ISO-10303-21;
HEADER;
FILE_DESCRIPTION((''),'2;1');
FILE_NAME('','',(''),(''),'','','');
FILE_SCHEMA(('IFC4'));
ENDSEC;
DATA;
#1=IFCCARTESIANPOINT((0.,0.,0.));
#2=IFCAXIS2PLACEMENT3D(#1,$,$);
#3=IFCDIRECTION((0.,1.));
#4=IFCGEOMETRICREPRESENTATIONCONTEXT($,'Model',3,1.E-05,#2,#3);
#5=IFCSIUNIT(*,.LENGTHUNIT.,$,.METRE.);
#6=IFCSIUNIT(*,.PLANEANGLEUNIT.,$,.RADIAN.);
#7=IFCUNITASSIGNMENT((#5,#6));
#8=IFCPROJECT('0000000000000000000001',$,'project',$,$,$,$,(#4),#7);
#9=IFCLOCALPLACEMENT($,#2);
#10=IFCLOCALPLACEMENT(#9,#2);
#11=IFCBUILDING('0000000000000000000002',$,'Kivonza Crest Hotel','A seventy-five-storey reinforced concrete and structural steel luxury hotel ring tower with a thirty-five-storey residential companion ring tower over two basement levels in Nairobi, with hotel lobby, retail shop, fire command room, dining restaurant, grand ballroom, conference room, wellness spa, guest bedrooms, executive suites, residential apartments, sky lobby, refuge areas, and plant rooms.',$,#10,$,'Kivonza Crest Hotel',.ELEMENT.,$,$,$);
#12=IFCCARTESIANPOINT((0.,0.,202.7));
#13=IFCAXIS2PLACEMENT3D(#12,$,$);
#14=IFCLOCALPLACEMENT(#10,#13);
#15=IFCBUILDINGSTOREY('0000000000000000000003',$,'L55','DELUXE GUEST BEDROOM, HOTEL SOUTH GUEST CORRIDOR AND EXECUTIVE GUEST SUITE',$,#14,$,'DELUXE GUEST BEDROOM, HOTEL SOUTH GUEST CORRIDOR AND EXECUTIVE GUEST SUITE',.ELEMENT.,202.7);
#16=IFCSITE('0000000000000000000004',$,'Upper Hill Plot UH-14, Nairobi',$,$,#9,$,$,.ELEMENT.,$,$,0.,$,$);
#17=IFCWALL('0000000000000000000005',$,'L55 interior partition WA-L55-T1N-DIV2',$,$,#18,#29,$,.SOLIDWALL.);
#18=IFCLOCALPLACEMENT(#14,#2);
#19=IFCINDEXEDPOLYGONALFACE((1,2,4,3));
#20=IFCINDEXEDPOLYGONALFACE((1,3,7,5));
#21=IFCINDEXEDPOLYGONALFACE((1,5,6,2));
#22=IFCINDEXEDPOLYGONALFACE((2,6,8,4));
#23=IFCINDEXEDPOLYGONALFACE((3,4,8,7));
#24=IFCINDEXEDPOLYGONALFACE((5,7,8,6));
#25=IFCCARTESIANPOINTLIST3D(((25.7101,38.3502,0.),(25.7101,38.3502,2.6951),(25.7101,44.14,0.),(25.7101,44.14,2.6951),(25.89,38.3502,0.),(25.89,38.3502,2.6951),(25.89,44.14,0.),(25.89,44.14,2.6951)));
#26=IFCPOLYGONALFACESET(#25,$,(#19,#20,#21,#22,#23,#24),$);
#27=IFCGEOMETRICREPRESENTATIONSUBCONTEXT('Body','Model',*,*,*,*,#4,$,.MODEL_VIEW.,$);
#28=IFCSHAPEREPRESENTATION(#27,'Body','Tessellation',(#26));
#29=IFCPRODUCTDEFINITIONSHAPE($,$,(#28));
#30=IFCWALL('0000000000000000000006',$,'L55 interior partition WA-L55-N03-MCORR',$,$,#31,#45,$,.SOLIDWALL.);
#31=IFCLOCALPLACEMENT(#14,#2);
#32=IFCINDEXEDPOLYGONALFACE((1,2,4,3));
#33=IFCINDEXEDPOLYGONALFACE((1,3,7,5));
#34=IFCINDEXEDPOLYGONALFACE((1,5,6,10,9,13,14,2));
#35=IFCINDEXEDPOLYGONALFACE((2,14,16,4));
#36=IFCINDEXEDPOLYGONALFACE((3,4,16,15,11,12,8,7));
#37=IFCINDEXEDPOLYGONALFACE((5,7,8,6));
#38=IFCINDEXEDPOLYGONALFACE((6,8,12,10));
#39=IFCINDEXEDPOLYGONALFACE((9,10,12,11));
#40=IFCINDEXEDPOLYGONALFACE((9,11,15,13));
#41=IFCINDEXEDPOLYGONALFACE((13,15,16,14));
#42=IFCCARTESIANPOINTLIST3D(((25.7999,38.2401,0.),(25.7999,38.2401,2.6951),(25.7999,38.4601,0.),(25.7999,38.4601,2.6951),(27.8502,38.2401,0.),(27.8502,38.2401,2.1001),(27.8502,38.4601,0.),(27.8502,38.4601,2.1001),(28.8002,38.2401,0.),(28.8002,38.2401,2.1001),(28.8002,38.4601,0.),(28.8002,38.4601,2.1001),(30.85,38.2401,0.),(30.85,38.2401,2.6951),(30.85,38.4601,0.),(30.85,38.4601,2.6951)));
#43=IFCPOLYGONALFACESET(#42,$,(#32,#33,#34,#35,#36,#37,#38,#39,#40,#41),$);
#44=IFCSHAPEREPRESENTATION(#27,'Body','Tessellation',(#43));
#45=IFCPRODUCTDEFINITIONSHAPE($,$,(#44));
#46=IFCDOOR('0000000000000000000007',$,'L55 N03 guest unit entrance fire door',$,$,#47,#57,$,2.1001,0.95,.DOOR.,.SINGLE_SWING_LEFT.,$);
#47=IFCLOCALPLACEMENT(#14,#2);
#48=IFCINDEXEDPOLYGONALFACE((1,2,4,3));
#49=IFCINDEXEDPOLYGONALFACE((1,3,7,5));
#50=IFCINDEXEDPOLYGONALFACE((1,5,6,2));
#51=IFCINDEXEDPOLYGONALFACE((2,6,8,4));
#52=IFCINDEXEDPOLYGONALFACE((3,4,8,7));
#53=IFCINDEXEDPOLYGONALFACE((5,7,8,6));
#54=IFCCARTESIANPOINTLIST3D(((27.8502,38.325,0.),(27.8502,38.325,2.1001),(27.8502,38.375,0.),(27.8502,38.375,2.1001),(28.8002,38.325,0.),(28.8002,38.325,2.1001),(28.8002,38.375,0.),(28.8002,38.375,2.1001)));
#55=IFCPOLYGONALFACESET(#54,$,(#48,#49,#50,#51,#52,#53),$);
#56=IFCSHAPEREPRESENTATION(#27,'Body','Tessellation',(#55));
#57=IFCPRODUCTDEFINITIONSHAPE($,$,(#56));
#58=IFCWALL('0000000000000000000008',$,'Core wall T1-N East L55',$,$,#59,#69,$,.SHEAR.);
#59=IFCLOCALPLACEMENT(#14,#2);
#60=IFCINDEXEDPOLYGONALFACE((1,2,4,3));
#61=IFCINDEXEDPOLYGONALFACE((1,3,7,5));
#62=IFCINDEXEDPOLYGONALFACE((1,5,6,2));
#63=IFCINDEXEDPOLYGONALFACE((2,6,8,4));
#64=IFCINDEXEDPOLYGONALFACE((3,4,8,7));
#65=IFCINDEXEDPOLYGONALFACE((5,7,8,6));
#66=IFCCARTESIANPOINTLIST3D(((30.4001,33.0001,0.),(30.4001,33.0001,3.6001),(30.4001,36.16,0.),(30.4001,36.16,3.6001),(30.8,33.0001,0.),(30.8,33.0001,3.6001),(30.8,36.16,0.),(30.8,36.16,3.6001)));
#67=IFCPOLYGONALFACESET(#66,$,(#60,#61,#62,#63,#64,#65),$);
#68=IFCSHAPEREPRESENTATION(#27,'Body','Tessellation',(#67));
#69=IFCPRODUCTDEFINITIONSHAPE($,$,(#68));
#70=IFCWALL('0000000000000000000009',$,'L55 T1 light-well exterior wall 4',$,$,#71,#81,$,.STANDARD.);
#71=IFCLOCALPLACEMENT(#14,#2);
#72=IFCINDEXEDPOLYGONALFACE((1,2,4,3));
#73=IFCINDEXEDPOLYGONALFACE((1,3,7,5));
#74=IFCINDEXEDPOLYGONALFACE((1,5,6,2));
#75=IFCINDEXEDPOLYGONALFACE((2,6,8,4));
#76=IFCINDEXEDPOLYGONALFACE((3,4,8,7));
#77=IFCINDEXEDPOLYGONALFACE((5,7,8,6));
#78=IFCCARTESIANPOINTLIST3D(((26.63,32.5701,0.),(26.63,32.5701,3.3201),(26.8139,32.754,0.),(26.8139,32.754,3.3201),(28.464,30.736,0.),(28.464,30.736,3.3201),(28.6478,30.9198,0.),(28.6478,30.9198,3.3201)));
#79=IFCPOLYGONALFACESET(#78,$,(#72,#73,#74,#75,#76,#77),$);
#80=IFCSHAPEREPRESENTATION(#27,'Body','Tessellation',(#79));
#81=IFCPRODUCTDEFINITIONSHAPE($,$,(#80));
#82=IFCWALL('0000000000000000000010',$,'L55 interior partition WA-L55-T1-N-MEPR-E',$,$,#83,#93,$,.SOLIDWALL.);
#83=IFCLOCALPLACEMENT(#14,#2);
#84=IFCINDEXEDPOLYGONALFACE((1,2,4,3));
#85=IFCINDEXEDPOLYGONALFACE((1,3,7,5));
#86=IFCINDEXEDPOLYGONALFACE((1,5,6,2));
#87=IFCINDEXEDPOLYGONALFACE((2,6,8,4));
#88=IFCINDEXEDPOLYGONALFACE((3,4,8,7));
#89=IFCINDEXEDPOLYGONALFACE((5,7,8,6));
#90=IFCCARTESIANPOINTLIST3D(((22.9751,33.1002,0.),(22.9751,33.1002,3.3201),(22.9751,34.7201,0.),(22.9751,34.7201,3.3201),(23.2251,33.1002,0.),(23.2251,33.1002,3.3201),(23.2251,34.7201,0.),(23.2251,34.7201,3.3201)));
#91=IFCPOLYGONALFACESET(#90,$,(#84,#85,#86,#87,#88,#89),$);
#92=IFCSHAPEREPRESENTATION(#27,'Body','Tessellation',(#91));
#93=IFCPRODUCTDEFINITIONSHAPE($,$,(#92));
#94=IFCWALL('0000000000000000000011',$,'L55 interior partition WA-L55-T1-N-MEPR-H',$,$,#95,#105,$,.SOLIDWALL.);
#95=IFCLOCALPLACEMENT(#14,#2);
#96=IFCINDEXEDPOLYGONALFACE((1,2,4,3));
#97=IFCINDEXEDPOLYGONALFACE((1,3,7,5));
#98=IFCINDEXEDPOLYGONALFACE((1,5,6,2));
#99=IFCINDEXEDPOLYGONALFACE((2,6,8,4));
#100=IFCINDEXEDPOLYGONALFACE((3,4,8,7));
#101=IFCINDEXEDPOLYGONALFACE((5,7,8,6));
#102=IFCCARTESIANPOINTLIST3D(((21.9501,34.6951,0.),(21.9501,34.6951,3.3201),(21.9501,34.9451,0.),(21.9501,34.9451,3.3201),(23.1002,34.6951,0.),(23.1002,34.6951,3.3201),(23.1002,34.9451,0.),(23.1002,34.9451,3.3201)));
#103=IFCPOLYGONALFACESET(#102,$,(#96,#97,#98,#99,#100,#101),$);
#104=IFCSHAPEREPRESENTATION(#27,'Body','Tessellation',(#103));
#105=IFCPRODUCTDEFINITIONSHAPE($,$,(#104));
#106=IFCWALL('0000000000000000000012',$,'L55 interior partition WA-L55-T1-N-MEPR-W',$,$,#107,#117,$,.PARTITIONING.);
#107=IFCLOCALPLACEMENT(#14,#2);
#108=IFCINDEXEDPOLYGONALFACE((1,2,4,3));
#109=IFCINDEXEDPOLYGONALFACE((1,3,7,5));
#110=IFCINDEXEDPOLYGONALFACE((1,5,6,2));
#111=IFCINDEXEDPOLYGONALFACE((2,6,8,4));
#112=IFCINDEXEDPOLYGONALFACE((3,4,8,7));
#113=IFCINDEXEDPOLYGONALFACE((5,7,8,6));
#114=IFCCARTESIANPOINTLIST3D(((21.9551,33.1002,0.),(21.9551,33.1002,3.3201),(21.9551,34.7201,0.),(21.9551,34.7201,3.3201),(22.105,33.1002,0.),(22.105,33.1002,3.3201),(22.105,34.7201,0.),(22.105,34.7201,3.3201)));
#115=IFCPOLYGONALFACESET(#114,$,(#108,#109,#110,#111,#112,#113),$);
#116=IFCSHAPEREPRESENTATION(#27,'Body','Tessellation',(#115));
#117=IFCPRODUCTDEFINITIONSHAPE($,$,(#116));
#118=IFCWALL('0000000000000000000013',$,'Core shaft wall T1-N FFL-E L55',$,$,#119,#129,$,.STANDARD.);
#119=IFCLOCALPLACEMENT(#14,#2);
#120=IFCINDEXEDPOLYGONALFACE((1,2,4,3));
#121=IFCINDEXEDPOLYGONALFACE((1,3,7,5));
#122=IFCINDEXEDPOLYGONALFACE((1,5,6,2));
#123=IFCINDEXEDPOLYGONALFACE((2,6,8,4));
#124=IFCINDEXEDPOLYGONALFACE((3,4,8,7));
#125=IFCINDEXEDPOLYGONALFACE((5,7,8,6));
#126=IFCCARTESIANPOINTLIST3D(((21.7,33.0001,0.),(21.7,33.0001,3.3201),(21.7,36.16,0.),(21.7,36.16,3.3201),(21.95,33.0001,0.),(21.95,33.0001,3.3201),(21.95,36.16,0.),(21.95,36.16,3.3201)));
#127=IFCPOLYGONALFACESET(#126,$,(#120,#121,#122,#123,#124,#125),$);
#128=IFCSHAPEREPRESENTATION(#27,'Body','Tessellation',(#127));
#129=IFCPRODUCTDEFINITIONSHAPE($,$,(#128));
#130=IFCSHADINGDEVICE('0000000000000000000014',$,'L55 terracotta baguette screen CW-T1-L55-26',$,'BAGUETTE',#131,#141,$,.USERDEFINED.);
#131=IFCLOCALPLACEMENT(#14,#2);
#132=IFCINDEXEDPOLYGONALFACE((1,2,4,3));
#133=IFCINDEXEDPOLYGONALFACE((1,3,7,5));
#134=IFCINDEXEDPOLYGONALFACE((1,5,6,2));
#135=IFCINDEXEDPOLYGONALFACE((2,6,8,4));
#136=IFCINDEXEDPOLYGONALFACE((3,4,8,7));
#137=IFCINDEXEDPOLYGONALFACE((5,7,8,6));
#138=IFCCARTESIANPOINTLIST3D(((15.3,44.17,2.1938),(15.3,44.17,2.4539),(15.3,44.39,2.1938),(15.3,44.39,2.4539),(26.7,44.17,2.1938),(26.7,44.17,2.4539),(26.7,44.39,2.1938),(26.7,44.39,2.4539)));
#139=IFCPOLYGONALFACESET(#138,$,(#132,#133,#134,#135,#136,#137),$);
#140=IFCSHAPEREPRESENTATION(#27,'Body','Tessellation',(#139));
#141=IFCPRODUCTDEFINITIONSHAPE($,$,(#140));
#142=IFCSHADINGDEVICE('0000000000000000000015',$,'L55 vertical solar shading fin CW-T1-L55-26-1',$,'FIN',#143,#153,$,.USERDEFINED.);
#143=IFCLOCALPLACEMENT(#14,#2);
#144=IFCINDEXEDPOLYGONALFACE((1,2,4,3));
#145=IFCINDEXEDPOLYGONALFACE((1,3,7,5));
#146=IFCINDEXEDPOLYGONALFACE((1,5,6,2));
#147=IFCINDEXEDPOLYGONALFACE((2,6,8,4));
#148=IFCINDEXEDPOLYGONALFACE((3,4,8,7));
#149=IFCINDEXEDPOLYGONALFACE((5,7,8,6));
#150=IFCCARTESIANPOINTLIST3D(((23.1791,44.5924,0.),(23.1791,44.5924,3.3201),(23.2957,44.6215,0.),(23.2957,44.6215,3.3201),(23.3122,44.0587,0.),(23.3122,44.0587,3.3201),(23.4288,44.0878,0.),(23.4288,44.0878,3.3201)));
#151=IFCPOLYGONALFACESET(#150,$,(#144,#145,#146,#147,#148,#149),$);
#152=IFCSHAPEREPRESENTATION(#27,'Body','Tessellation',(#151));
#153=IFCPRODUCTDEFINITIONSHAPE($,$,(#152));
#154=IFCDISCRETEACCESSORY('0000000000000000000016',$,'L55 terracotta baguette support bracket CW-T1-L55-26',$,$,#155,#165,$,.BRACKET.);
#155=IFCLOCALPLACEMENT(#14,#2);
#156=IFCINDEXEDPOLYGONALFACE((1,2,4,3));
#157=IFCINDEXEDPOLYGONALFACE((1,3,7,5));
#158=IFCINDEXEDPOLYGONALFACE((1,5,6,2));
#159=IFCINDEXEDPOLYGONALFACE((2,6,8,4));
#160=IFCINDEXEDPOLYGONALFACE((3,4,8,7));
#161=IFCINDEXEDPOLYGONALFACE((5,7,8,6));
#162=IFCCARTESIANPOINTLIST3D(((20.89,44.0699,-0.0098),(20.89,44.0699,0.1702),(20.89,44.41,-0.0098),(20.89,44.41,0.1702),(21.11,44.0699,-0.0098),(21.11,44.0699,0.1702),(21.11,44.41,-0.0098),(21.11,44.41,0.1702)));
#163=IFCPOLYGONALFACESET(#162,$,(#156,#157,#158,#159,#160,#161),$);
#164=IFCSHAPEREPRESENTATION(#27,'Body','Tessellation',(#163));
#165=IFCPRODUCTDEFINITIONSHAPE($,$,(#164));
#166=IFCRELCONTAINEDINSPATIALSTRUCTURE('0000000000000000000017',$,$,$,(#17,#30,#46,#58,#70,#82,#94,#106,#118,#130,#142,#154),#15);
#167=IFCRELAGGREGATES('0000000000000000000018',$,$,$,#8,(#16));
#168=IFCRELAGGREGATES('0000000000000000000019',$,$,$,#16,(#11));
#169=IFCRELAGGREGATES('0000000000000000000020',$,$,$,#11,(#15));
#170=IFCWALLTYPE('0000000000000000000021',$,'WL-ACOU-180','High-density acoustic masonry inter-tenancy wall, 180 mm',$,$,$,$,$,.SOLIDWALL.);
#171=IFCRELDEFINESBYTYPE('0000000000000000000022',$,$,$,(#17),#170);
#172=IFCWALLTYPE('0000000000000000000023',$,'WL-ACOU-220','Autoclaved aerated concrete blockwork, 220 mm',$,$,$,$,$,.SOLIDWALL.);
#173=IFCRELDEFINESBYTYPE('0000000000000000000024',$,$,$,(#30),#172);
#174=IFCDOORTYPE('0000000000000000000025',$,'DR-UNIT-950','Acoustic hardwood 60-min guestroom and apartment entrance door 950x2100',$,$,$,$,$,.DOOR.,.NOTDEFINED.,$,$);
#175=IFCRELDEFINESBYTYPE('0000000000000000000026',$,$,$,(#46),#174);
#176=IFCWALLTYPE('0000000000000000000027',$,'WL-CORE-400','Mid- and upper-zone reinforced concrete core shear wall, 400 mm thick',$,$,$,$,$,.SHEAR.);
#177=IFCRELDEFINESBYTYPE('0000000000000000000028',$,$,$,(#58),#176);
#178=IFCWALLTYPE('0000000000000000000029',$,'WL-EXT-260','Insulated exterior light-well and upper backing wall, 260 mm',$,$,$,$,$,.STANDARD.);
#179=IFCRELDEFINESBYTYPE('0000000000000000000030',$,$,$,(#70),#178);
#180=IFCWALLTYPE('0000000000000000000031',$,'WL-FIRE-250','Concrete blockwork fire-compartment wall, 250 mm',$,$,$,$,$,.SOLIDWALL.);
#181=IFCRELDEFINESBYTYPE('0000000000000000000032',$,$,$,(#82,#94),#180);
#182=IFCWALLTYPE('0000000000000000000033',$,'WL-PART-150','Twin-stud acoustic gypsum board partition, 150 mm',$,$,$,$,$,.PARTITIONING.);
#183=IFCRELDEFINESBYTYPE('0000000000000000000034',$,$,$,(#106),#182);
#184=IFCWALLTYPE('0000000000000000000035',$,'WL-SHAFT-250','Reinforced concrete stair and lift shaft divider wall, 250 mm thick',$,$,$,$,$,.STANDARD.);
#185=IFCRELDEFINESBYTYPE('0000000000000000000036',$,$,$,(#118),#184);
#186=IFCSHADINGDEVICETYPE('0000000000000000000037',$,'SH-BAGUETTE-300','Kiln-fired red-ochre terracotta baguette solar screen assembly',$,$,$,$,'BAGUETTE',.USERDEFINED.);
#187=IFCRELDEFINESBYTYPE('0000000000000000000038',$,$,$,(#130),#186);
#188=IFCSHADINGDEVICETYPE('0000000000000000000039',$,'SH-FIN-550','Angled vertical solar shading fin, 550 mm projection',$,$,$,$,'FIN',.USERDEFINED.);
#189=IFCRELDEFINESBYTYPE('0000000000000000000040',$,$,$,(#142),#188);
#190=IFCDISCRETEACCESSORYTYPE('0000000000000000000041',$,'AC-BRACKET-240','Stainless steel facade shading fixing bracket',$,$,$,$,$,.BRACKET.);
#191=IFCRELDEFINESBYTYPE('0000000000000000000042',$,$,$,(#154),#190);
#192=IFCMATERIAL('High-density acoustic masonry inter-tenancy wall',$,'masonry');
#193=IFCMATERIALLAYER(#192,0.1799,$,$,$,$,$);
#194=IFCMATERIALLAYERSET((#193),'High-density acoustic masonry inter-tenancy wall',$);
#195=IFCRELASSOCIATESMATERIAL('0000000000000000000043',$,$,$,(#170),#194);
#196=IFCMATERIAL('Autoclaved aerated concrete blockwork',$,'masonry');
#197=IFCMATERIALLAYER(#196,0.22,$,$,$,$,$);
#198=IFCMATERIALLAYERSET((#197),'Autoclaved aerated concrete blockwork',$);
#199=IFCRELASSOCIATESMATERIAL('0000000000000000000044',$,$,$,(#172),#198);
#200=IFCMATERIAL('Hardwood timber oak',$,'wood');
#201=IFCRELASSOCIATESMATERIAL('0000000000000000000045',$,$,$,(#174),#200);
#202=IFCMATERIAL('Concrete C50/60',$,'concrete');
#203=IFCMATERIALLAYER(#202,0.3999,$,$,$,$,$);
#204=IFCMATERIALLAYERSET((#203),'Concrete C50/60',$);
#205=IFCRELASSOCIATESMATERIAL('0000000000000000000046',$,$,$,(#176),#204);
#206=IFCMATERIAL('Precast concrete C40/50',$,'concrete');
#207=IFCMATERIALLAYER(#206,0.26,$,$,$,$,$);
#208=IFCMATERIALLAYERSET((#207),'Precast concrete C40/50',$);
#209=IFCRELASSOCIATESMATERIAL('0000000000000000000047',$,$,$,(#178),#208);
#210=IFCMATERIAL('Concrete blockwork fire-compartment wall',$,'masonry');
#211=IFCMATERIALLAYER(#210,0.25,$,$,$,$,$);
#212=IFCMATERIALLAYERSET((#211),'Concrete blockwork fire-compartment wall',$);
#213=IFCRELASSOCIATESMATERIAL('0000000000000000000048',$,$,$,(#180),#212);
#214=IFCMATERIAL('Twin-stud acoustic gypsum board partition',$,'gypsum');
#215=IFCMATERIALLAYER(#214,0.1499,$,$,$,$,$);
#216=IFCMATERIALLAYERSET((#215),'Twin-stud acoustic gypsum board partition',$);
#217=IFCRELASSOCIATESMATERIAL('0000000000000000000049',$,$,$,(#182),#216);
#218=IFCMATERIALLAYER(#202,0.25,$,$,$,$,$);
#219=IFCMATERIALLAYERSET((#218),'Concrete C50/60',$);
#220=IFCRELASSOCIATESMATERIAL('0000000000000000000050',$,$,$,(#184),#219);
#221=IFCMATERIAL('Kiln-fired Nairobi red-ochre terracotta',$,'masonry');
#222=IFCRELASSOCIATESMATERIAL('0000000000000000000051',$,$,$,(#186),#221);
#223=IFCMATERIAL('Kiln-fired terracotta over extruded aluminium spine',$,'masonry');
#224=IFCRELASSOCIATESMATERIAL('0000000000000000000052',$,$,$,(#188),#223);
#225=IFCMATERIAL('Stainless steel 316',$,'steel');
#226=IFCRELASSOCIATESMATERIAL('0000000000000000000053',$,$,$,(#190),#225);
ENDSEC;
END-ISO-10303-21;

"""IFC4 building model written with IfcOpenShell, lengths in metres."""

from ifc_helpers import new_model, si_unit, direction, frame, frame_2d, origin, origin_2d, place, context, subcontext, project, spatial, rectangle, extrude, material, layer, layer_set, type_object, element, fill, save


model = new_model("IFC4")

# Units and contexts
model_context = context("Model", 3, precision=1e-05, world=origin(), true_north=direction((0.0, 1.0)))
body_context = subcontext(model_context, "Body", "Model", "MODEL_VIEW")
ifc_project = project(units=[si_unit("LENGTHUNIT", "METRE"), si_unit("PLANEANGLEUNIT", "RADIAN")], contexts=[model_context])

# Site, building, storey
site_placement = place(None, origin())
site = spatial("IfcSite", under=ifc_project, at=site_placement, Name="Upper Hill Plot UH-14, Nairobi", CompositionType="ELEMENT", RefElevation=0.0)
building_placement = place(site_placement, origin())
building = spatial("IfcBuilding", under=site, at=building_placement, Name="Kivonza Crest Hotel", Description="A seventy-five-storey reinforced concrete and structural steel luxury hotel ring tower with a thirty-five-storey residential companion ring tower over two basement levels in Nairobi, with hotel lobby, retail shop, fire command room, dining restaurant, grand ballroom, conference room, wellness spa, guest bedrooms, executive suites, residential apartments, sky lobby, refuge areas, and plant rooms.", LongName="Kivonza Crest Hotel", CompositionType="ELEMENT")
storey_placement = place(building_placement, frame((0.0, 0.0, 202.7)))
storey = spatial("IfcBuildingStorey", under=building, at=storey_placement, Name="L55", Description="DELUXE GUEST BEDROOM, HOTEL SOUTH GUEST CORRIDOR AND EXECUTIVE GUEST SUITE", LongName="DELUXE GUEST BEDROOM, HOTEL SOUTH GUEST CORRIDOR AND EXECUTIVE GUEST SUITE", CompositionType="ELEMENT", Elevation=202.7)

# Shared definitions
ifc_material_1 = material(Name="Concrete C50/60", Category="concrete")

# Wall
ifc_material_2 = material(Name="High-density acoustic masonry inter-tenancy wall", Category="masonry")
ifc_layer_1 = layer(ifc_material_2, 0.1799)
ifc_layer_set_1 = layer_set([ifc_layer_1], Name="High-density acoustic masonry inter-tenancy wall")
wall_type_1 = type_object("IfcWallType", Name="WL-ACOU-180", Description="High-density acoustic masonry inter-tenancy wall, 180 mm", PredefinedType="SOLIDWALL", material=ifc_layer_set_1)
wall_1_placement = place(storey_placement, frame((25.8, 38.3501, 0.0), z_axis=(0.0, 0.0, 1.0), x_axis=(0.0, 1.0, 0.0)))
element("IfcWall", 1, at=wall_1_placement, inside=storey, type_object=wall_type_1, Name="L55 interior partition WA-L55-T1N-DIV2", PredefinedType="SOLIDWALL", context=body_context, shape_type="SweptSolid", body=[
    extrude(rectangle(XDim=5.7898, YDim=0.1799, at=frame_2d((2.895, 0.0))), origin(), (0.0, 0.0, 1.0), 2.6951),
])

# Wall, opening, door
ifc_material_3 = material(Name="Autoclaved aerated concrete blockwork", Category="masonry")
ifc_layer_2 = layer(ifc_material_3, 0.22)
ifc_layer_set_2 = layer_set([ifc_layer_2], Name="Autoclaved aerated concrete blockwork")
wall_type_2 = type_object("IfcWallType", Name="WL-ACOU-220", Description="Autoclaved aerated concrete blockwork, 220 mm", PredefinedType="SOLIDWALL", material=ifc_layer_set_2)
wall_2_placement = place(storey_placement, frame((25.8, 38.3501, 0.0), z_axis=(0.0, 0.0, 1.0), x_axis=(1.0, 0.0, 0.0)))
wall_2 = element("IfcWall", 2, at=wall_2_placement, inside=storey, type_object=wall_type_2, Name="L55 interior partition WA-L55-N03-MCORR", PredefinedType="SOLIDWALL", context=body_context, shape_type="SweptSolid", body=[
    extrude(rectangle(XDim=5.05, YDim=0.22, at=frame_2d((2.5249, 0.0))), origin(), (0.0, 0.0, 1.0), 2.6951),
])
opening_1_placement = place(wall_2_placement, frame((2.05, 0.0, 0.0)))
opening_1 = element("IfcOpeningElement", 3, at=opening_1_placement, cuts=wall_2, PredefinedType="OPENING", context=body_context, shape_type="SweptSolid", body=[
    extrude(rectangle(XDim=0.95, YDim=2.1001, at=frame_2d((0.4751, 1.05))), frame((0.0, 0.1201, 0.0), z_axis=(0.0, -1.0, 0.0), x_axis=(1.0, 0.0, 0.0)), (0.0, 0.0, 1.0), 0.24),
])
ifc_material_4 = material(Name="Hardwood timber oak", Category="wood")
door_type_1 = type_object("IfcDoorType", Name="DR-UNIT-950", Description="Acoustic hardwood 60-min guestroom and apartment entrance door 950x2100", OperationType="NOTDEFINED", PredefinedType="DOOR", material=ifc_material_4)
door_1_placement = place(opening_1_placement, origin())
door_1 = element("IfcDoor", 4, at=door_1_placement, inside=storey, type_object=door_type_1, Name="L55 N03 guest unit entrance fire door", OperationType="SINGLE_SWING_LEFT", OverallHeight=2.1001, OverallWidth=0.95, PredefinedType="DOOR", context=body_context, shape_type="SweptSolid", body=[
    extrude(rectangle(XDim=0.95, YDim=2.1001, at=frame_2d((0.4751, 1.05))), frame((0.0, 0.0249, 0.0), z_axis=(0.0, -1.0, 0.0), x_axis=(1.0, 0.0, 0.0)), (0.0, 0.0, 1.0), 0.05),
])
fill(opening_1, door_1)

# Walls
ifc_layer_3 = layer(ifc_material_1, 0.3999)
ifc_layer_set_3 = layer_set([ifc_layer_3], Name="Concrete C50/60")
wall_type_3 = type_object("IfcWallType", Name="WL-CORE-400", Description="Mid- and upper-zone reinforced concrete core shear wall, 400 mm thick", PredefinedType="SHEAR", material=ifc_layer_set_3)
wall_3_placement = place(storey_placement, frame((30.6001, 33.0, 0.0), z_axis=(0.0, 0.0, 1.0), x_axis=(0.0, 1.0, 0.0)))
element("IfcWall", 5, at=wall_3_placement, inside=storey, type_object=wall_type_3, Name="Core wall T1-N East L55", PredefinedType="SHEAR", context=body_context, shape_type="SweptSolid", body=[
    extrude(rectangle(XDim=3.1599, YDim=0.3999, at=frame_2d((1.5801, 0.0))), origin(), (0.0, 0.0, 1.0), 3.6001),
])
ifc_material_5 = material(Name="Precast concrete C40/50", Category="concrete")
ifc_layer_4 = layer(ifc_material_5, 0.26)
ifc_layer_set_4 = layer_set([ifc_layer_4], Name="Precast concrete C40/50")
wall_type_4 = type_object("IfcWallType", Name="WL-EXT-260", Description="Insulated exterior light-well and upper backing wall, 260 mm", PredefinedType="STANDARD", material=ifc_layer_set_4)
wall_4_placement = place(storey_placement, frame((28.5559, 30.8279, 0.0), z_axis=(0.0, 0.0, 1.0), x_axis=(-0.70706, 0.707154, 0.0)))
element("IfcWall", 6, at=wall_4_placement, inside=storey, type_object=wall_type_4, Name="L55 T1 light-well exterior wall 4", PredefinedType="STANDARD", context=body_context, shape_type="SweptSolid", body=[
    extrude(rectangle(XDim=2.5938, YDim=0.26, at=frame_2d((1.2969, 0.0))), origin(), (0.0, 0.0, 1.0), 3.3201),
])
ifc_material_6 = material(Name="Concrete blockwork fire-compartment wall", Category="masonry")
ifc_layer_5 = layer(ifc_material_6, 0.25)
ifc_layer_set_5 = layer_set([ifc_layer_5], Name="Concrete blockwork fire-compartment wall")
wall_type_5 = type_object("IfcWallType", Name="WL-FIRE-250", Description="Concrete blockwork fire-compartment wall, 250 mm", PredefinedType="SOLIDWALL", material=ifc_layer_set_5)
wall_5_placement = place(storey_placement, frame((23.1001, 33.1001, 0.0), z_axis=(0.0, 0.0, 1.0), x_axis=(0.0, 1.0, 0.0)))
element("IfcWall", 7, at=wall_5_placement, inside=storey, type_object=wall_type_5, Name="L55 interior partition WA-L55-T1-N-MEPR-E", PredefinedType="SOLIDWALL", context=body_context, shape_type="SweptSolid", body=[
    extrude(rectangle(XDim=1.6199, YDim=0.25, at=frame_2d((0.8101, 0.0))), origin(), (0.0, 0.0, 1.0), 3.3201),
])
wall_6_placement = place(storey_placement, frame((21.95, 34.8201, 0.0), z_axis=(0.0, 0.0, 1.0), x_axis=(1.0, 0.0, 0.0)))
element("IfcWall", 8, at=wall_6_placement, inside=storey, type_object=wall_type_5, Name="L55 interior partition WA-L55-T1-N-MEPR-H", PredefinedType="SOLIDWALL", context=body_context, shape_type="SweptSolid", body=[
    extrude(rectangle(XDim=1.1501, YDim=0.25, at=frame_2d((0.5752, 0.0))), origin(), (0.0, 0.0, 1.0), 3.3201),
])
ifc_material_7 = material(Name="Twin-stud acoustic gypsum board partition", Category="gypsum")
ifc_layer_6 = layer(ifc_material_7, 0.1499)
ifc_layer_set_6 = layer_set([ifc_layer_6], Name="Twin-stud acoustic gypsum board partition")
wall_type_6 = type_object("IfcWallType", Name="WL-PART-150", Description="Twin-stud acoustic gypsum board partition, 150 mm", PredefinedType="PARTITIONING", material=ifc_layer_set_6)
wall_7_placement = place(storey_placement, frame((22.03, 33.1001, 0.0), z_axis=(0.0, 0.0, 1.0), x_axis=(0.0, 1.0, 0.0)))
element("IfcWall", 9, at=wall_7_placement, inside=storey, type_object=wall_type_6, Name="L55 interior partition WA-L55-T1-N-MEPR-W", PredefinedType="PARTITIONING", context=body_context, shape_type="SweptSolid", body=[
    extrude(rectangle(XDim=1.6199, YDim=0.1499, at=frame_2d((0.8101, 0.0))), origin(), (0.0, 0.0, 1.0), 3.3201),
])

# Shared definitions
ifc_layer_7 = layer(ifc_material_1, 0.25)
ifc_layer_set_7 = layer_set([ifc_layer_7], Name="Concrete C50/60")
wall_type_7 = type_object("IfcWallType", Name="WL-SHAFT-250", Description="Reinforced concrete stair and lift shaft divider wall, 250 mm thick", PredefinedType="STANDARD", material=ifc_layer_set_7)

# Wall
wall_8_placement = place(storey_placement, frame((21.825, 33.0, 0.0), z_axis=(0.0, 0.0, 1.0), x_axis=(0.0, 1.0, 0.0)))
element("IfcWall", 10, at=wall_8_placement, inside=storey, type_object=wall_type_7, Name="Core shaft wall T1-N FFL-E L55", PredefinedType="STANDARD", context=body_context, shape_type="SweptSolid", body=[
    extrude(rectangle(XDim=3.1599, YDim=0.25, at=frame_2d((1.5801, 0.0))), origin(), (0.0, 0.0, 1.0), 3.3201),
])

# Shading devices
ifc_material_8 = material(Name="Kiln-fired Nairobi red-ochre terracotta", Category="masonry")
shading_device_type_1 = type_object("IfcShadingDeviceType", Name="SH-BAGUETTE-300", Description="Kiln-fired red-ochre terracotta baguette solar screen assembly", ElementType="BAGUETTE", PredefinedType="USERDEFINED", material=ifc_material_8)
shading_device_1_placement = place(storey_placement, frame((21.0, 44.28, 2.1938), z_axis=(0.0, 0.0, 1.0), x_axis=(-1.0, 0.0, 0.0)))
element("IfcShadingDevice", 11, at=shading_device_1_placement, inside=storey, type_object=shading_device_type_1, Name="L55 terracotta baguette screen CW-T1-L55-26", ObjectType="BAGUETTE", PredefinedType="USERDEFINED", context=body_context, shape_type="SweptSolid", body=[
    extrude(rectangle(XDim=11.3999, YDim=0.22, at=origin_2d()), origin(), (0.0, 0.0, 1.0), 0.26),
])
ifc_material_9 = material(Name="Kiln-fired terracotta over extruded aluminium spine", Category="masonry")
shading_device_type_2 = type_object("IfcShadingDeviceType", Name="SH-FIN-550", Description="Angled vertical solar shading fin, 550 mm projection", ElementType="FIN", PredefinedType="USERDEFINED", material=ifc_material_9)
shading_device_2_placement = place(storey_placement, frame((23.304, 44.3401, 0.0), z_axis=(0.0, 0.0, 1.0), x_axis=(-0.970296, -0.241922, 0.0)))
element("IfcShadingDevice", 12, at=shading_device_2_placement, inside=storey, type_object=shading_device_type_2, Name="L55 vertical solar shading fin CW-T1-L55-26-1", ObjectType="FIN", PredefinedType="USERDEFINED", context=body_context, shape_type="SweptSolid", body=[
    extrude(rectangle(XDim=0.1201, YDim=0.55, at=origin_2d()), origin(), (0.0, 0.0, 1.0), 3.3201),
])

# Discrete accessory
ifc_material_10 = material(Name="Stainless steel 316", Category="steel")
discrete_accessory_type = type_object("IfcDiscreteAccessoryType", Name="AC-BRACKET-240", Description="Stainless steel facade shading fixing bracket", PredefinedType="BRACKET", material=ifc_material_10)
discrete_accessory_placement = place(storey_placement, frame((21.0, 44.24, -0.0098), z_axis=(0.0, 0.0, 1.0), x_axis=(-1.0, 0.0, 0.0)))
element("IfcDiscreteAccessory", 13, at=discrete_accessory_placement, inside=storey, type_object=discrete_accessory_type, Name="L55 terracotta baguette support bracket CW-T1-L55-26", PredefinedType="BRACKET", context=body_context, shape_type="SweptSolid", body=[
    extrude(rectangle(XDim=0.22, YDim=0.3401, at=origin_2d()), origin(), (0.0, 0.0, 1.0), 0.1799),
])

save(model, "model.ifc")
